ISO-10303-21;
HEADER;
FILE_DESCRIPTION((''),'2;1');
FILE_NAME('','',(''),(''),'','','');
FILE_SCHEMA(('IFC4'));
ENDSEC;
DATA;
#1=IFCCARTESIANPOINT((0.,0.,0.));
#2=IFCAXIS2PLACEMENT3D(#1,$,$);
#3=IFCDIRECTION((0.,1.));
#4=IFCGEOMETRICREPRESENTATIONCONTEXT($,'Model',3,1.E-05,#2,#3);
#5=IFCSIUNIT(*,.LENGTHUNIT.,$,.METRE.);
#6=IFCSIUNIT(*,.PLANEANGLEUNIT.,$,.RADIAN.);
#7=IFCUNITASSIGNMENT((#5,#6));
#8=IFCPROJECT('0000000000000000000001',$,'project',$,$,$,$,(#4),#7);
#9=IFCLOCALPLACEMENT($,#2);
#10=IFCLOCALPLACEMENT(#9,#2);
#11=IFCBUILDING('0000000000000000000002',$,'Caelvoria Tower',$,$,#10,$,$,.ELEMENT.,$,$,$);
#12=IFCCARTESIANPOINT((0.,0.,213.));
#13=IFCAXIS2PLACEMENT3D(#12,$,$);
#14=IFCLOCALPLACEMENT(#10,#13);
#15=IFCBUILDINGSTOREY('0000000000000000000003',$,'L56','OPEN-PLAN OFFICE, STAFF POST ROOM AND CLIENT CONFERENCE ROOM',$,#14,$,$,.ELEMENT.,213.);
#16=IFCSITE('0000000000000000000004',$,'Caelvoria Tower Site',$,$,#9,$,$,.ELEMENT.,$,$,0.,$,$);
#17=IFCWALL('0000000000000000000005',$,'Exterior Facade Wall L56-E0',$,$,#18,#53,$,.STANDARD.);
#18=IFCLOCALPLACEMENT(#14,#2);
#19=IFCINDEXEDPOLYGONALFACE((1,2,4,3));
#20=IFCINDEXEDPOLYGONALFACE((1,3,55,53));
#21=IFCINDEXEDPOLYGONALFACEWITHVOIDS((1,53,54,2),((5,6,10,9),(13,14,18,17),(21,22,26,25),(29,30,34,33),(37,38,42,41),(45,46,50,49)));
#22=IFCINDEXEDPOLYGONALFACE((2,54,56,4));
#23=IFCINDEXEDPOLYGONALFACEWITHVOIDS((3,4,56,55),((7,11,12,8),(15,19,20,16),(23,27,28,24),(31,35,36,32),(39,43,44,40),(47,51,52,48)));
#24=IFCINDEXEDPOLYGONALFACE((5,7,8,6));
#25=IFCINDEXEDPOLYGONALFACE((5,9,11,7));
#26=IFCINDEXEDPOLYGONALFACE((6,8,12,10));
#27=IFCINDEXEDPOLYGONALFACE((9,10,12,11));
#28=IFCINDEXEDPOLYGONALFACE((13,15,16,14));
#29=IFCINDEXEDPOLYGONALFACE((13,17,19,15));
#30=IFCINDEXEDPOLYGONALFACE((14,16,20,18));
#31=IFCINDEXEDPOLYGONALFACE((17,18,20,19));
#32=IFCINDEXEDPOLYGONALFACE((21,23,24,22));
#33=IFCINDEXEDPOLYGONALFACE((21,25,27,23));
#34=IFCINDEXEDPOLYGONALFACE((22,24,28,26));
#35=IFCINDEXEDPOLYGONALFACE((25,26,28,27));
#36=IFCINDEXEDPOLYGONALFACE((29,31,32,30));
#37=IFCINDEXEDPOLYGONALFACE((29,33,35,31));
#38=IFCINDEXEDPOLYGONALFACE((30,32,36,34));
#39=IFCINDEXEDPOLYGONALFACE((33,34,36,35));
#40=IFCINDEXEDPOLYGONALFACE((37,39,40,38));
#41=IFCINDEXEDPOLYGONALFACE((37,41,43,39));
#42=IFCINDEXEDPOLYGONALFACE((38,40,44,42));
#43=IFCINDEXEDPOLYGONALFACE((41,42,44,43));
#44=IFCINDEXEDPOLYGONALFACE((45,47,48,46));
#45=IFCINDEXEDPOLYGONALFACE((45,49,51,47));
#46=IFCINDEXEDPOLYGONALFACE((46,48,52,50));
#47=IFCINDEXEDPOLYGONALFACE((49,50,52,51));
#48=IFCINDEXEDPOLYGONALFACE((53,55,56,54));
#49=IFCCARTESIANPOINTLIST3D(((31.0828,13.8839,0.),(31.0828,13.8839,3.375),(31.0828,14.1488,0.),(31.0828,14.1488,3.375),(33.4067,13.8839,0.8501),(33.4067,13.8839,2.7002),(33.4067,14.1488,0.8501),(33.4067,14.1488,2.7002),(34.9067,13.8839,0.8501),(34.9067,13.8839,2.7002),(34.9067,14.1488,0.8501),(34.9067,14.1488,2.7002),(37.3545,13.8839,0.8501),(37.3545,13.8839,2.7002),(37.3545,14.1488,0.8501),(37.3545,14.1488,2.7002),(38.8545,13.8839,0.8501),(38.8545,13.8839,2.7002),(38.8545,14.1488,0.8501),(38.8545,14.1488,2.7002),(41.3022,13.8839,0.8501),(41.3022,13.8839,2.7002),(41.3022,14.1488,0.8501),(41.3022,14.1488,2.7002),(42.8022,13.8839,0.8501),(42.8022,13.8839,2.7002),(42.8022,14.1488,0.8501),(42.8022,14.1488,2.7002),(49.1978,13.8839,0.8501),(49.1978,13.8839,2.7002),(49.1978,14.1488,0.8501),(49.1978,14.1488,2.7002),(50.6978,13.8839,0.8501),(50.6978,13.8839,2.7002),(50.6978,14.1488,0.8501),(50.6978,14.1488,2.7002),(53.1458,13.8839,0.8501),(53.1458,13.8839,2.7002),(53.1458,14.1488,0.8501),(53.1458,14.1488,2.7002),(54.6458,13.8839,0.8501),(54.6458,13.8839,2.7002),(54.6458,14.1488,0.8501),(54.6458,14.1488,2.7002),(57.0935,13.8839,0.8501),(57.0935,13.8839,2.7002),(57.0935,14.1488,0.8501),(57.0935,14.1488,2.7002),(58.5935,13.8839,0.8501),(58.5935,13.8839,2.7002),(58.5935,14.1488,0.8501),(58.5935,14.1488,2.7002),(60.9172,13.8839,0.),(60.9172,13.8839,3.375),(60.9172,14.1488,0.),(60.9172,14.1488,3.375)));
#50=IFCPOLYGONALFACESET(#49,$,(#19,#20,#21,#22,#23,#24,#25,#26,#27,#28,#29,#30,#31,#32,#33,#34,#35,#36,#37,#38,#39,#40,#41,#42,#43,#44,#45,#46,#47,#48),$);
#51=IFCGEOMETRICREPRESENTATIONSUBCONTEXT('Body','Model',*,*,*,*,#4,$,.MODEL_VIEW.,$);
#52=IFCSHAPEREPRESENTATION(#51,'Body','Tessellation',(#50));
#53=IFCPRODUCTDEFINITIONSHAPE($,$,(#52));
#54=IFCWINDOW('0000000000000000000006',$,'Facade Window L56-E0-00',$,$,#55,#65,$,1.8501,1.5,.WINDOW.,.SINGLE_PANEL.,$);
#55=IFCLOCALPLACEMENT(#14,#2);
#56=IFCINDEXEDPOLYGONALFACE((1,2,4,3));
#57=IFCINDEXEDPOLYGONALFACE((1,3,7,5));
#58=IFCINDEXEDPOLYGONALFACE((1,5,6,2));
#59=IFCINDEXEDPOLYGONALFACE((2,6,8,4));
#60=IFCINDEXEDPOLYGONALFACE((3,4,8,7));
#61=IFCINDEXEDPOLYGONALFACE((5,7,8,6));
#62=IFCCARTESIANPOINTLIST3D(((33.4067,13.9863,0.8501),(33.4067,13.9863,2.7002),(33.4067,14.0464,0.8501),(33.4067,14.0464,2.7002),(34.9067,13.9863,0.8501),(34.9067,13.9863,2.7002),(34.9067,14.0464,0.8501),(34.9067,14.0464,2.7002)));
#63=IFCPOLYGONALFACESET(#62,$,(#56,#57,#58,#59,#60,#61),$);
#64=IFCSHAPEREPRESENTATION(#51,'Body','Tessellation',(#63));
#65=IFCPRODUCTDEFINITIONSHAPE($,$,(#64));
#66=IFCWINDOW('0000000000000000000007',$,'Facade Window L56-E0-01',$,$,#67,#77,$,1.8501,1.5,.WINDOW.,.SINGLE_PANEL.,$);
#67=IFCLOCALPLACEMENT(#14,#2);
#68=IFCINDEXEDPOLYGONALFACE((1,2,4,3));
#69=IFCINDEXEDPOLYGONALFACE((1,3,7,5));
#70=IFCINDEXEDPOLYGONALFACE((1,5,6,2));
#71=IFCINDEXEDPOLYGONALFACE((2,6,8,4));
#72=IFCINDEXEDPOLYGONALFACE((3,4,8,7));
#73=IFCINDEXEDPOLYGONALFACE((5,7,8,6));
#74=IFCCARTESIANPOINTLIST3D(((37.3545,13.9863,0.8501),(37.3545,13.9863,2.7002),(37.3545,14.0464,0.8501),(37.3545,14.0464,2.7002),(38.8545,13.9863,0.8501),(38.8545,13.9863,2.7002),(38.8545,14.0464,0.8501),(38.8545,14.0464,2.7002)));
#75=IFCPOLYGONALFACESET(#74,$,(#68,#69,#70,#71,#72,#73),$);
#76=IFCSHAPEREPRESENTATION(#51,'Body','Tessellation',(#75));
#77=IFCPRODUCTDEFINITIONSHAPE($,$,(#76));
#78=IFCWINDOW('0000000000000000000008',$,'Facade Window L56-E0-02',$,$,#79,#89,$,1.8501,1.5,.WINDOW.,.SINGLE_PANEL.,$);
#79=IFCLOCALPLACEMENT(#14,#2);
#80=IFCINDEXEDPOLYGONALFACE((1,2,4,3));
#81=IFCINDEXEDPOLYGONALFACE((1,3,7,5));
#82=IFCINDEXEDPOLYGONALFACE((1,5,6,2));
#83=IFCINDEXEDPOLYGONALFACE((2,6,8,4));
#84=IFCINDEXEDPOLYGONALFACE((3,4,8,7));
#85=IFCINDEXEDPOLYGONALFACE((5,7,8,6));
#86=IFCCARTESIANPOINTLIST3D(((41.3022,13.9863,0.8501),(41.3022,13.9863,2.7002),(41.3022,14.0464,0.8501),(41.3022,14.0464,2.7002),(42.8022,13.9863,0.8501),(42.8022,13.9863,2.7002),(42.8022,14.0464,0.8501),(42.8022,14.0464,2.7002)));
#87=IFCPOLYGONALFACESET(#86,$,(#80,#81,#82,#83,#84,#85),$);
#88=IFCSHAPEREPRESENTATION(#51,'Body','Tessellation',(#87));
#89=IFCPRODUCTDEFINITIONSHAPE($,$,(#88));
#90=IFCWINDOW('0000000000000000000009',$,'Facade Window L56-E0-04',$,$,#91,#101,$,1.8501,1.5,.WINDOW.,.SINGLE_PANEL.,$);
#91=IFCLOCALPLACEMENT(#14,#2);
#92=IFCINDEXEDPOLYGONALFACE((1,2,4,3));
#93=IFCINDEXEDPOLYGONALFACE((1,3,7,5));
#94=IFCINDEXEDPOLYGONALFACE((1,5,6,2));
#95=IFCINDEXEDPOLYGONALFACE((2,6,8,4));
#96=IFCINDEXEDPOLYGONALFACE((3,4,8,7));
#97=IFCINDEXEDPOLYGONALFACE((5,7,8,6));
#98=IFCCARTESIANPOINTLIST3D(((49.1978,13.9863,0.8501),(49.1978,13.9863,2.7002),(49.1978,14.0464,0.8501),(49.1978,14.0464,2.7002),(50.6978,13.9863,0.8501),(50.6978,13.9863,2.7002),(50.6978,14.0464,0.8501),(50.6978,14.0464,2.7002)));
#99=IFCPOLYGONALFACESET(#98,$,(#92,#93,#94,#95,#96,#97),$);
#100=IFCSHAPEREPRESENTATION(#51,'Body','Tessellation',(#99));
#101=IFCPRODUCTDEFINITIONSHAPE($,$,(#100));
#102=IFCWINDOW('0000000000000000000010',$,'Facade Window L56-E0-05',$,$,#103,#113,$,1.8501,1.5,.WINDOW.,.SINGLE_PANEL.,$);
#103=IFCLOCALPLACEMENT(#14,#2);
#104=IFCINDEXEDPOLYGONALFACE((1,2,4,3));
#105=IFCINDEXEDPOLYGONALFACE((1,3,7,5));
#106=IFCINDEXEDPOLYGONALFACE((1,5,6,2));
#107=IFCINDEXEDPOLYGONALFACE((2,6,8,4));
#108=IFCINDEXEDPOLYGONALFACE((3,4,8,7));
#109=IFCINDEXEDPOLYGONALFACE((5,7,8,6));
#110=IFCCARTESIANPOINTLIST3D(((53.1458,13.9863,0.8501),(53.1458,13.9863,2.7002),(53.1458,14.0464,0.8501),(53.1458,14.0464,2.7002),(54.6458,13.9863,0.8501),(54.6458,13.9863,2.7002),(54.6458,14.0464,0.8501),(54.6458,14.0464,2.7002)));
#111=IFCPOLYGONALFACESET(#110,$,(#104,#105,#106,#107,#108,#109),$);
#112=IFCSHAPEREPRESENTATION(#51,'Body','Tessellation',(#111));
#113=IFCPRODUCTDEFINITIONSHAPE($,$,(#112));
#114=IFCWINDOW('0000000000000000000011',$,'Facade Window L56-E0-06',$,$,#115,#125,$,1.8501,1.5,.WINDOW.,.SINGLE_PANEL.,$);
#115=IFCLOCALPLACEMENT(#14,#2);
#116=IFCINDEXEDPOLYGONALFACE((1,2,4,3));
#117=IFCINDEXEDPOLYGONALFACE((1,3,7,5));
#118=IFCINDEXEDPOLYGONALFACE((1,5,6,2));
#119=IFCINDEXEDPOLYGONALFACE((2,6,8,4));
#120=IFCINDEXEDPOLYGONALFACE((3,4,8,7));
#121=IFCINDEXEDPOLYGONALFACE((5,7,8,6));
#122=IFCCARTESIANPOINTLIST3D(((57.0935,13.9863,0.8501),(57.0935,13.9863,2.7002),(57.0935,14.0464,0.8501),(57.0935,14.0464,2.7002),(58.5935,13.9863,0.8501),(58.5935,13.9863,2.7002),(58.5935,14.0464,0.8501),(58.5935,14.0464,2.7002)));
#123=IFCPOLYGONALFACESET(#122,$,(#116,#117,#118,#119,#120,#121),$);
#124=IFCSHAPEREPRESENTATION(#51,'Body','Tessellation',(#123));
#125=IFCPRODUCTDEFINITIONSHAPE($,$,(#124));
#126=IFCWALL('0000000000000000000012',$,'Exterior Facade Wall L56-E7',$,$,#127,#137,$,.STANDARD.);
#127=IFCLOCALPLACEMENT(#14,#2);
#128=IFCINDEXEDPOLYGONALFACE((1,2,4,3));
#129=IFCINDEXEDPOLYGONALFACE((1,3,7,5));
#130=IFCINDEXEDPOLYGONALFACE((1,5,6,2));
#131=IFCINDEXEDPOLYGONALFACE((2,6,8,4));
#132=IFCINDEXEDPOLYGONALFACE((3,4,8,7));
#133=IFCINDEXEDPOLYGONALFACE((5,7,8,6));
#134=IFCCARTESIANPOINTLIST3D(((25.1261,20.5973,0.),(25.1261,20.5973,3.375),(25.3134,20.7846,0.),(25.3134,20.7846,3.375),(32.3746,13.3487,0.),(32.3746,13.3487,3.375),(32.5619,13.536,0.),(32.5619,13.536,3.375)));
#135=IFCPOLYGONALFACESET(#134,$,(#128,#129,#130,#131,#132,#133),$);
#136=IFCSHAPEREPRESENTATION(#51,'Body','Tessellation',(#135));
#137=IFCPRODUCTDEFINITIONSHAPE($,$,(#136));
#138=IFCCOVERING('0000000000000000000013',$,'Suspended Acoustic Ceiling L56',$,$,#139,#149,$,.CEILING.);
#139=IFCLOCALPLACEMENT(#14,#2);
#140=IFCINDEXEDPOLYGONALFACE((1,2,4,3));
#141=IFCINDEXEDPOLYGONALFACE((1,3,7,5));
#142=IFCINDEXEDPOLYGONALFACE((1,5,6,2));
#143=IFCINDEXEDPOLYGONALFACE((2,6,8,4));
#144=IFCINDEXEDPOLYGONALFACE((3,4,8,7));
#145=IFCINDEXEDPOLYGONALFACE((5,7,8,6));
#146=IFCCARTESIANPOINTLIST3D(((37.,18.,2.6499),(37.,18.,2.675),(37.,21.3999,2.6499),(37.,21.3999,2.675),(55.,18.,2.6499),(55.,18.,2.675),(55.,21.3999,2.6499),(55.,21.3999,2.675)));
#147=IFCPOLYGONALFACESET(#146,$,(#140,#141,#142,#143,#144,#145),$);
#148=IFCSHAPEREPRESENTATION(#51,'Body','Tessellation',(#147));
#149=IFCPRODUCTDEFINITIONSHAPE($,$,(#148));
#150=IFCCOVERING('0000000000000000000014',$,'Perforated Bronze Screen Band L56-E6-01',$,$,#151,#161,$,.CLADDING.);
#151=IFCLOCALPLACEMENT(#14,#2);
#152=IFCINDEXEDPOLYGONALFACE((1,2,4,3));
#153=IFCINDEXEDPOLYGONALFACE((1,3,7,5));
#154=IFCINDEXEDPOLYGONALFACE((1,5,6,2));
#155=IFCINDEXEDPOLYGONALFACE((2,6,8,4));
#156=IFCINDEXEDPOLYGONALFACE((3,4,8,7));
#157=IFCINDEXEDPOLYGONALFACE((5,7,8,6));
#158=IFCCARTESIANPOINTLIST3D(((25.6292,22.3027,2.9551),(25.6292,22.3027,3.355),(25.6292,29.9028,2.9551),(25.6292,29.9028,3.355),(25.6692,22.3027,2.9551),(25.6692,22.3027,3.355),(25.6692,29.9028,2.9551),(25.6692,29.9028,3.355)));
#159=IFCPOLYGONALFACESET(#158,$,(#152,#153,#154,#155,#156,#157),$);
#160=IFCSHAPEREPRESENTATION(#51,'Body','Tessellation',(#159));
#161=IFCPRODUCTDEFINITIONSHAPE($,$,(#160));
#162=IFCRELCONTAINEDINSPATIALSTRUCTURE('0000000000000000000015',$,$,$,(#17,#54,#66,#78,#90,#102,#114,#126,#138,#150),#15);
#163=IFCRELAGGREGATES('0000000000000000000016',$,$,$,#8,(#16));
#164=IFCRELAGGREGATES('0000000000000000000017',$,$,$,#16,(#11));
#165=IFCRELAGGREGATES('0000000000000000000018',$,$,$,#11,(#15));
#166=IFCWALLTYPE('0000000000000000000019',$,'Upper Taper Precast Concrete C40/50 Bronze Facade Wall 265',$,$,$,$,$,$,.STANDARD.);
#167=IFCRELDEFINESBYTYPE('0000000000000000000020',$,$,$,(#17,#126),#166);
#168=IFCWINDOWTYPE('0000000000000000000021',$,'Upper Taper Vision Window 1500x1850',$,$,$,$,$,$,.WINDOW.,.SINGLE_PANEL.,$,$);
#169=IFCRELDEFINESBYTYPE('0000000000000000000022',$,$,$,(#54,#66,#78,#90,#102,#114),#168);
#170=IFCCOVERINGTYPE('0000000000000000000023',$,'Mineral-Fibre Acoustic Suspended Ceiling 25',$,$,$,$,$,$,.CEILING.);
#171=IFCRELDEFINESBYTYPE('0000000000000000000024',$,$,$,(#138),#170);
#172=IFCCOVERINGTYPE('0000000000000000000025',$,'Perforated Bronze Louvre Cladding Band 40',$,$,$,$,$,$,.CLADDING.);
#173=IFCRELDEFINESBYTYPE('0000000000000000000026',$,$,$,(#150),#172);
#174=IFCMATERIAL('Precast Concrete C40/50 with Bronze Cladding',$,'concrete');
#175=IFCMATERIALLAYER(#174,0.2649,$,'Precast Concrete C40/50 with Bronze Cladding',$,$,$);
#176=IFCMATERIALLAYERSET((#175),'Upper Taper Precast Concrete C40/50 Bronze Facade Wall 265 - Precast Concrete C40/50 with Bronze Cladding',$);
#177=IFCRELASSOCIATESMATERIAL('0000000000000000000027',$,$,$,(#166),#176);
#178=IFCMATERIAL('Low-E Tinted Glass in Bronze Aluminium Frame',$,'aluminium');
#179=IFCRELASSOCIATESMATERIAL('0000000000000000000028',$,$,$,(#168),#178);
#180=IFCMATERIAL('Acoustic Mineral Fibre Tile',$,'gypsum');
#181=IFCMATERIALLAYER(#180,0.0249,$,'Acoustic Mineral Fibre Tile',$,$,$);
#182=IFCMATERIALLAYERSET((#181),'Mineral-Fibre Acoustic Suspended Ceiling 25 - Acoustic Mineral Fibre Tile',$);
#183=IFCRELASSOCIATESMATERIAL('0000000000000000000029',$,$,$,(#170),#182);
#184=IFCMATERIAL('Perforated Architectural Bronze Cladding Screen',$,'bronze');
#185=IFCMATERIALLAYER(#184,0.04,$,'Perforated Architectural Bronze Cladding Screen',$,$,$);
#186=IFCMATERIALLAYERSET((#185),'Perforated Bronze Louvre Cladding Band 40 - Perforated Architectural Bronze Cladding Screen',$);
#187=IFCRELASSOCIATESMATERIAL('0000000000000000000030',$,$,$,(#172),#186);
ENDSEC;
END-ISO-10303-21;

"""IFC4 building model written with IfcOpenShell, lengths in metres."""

from ifc_helpers import new_model, si_unit, direction, frame, frame_2d, origin, origin_2d, place, context, subcontext, project, spatial, polyline, rectangle, outline, extrude, material, layer, layer_set, type_object, element, fill, save


model = new_model("IFC4")

# Units and contexts
model_context = context("Model", 3, precision=1e-05, world=origin(), true_north=direction((0.0, 1.0)))
body_context = subcontext(model_context, "Body", "Model", "MODEL_VIEW")
ifc_project = project(units=[si_unit("LENGTHUNIT", "METRE"), si_unit("PLANEANGLEUNIT", "RADIAN")], contexts=[model_context])

# Site, building, storey
site_placement = place(None, origin())
site = spatial("IfcSite", under=ifc_project, at=site_placement, Name="Caelvoria Tower Site", CompositionType="ELEMENT", RefElevation=0.0)
building_placement = place(site_placement, origin())
building = spatial("IfcBuilding", under=site, at=building_placement, Name="Caelvoria Tower", CompositionType="ELEMENT")
storey_placement = place(building_placement, frame((0.0, 0.0, 213.0)))
storey = spatial("IfcBuildingStorey", under=building, at=storey_placement, Name="L56", Description="OPEN-PLAN OFFICE, STAFF POST ROOM AND CLIENT CONFERENCE ROOM", CompositionType="ELEMENT", Elevation=213.0)

# Wall, openings, windows
ifc_material_1 = material(Name="Precast Concrete C40/50 with Bronze Cladding", Category="concrete")
ifc_layer_1 = layer(ifc_material_1, 0.2649, Name="Precast Concrete C40/50 with Bronze Cladding")
ifc_layer_set_1 = layer_set([ifc_layer_1], Name="Upper Taper Precast Concrete C40/50 Bronze Facade Wall 265 - Precast Concrete C40/50 with Bronze Cladding")
wall_type = type_object("IfcWallType", Name="Upper Taper Precast Concrete C40/50 Bronze Facade Wall 265", PredefinedType="STANDARD", material=ifc_layer_set_1)
wall_1_placement = place(storey_placement, frame((31.0828, 14.0164, 0.0), z_axis=(0.0, 0.0, 1.0), x_axis=(1.0, 0.0, 0.0)))
wall_1 = element("IfcWall", 1, at=wall_1_placement, inside=storey, type_object=wall_type, Name="Exterior Facade Wall L56-E0", PredefinedType="STANDARD", context=body_context, shape_type="SweptSolid", body=[
    extrude(rectangle(XDim=29.8345, YDim=0.2649, at=frame_2d((14.9172, 0.0))), origin(), (0.0, 0.0, 1.0), 3.375),
])
opening_1_placement = place(wall_1_placement, frame((2.324, 0.0, 0.8501)))
opening_1 = element("IfcOpeningElement", 2, at=opening_1_placement, cuts=wall_1, PredefinedType="OPENING", context=body_context, shape_type="SweptSolid", body=[
    extrude(rectangle(XDim=1.5, YDim=1.8501, at=frame_2d((0.75, 0.925))), frame((0.0, 0.1423, 0.0), z_axis=(0.0, -1.0, 0.0), x_axis=(1.0, 0.0, 0.0)), (0.0, 0.0, 1.0), 0.2849),
])
opening_2_placement = place(wall_1_placement, frame((6.2717, 0.0, 0.8501)))
opening_2 = element("IfcOpeningElement", 3, at=opening_2_placement, cuts=wall_1, PredefinedType="OPENING", context=body_context, shape_type="SweptSolid", body=[
    extrude(rectangle(XDim=1.5, YDim=1.8501, at=frame_2d((0.75, 0.925))), frame((0.0, 0.1423, 0.0), z_axis=(0.0, -1.0, 0.0), x_axis=(1.0, 0.0, 0.0)), (0.0, 0.0, 1.0), 0.2849),
])
opening_3_placement = place(wall_1_placement, frame((10.2195, 0.0, 0.8501)))
opening_3 = element("IfcOpeningElement", 4, at=opening_3_placement, cuts=wall_1, PredefinedType="OPENING", context=body_context, shape_type="SweptSolid", body=[
    extrude(rectangle(XDim=1.5, YDim=1.8501, at=frame_2d((0.75, 0.925))), frame((0.0, 0.1423, 0.0), z_axis=(0.0, -1.0, 0.0), x_axis=(1.0, 0.0, 0.0)), (0.0, 0.0, 1.0), 0.2849),
])
opening_4_placement = place(wall_1_placement, frame((18.115, 0.0, 0.8501)))
opening_4 = element("IfcOpeningElement", 5, at=opening_4_placement, cuts=wall_1, PredefinedType="OPENING", context=body_context, shape_type="SweptSolid", body=[
    extrude(rectangle(XDim=1.5, YDim=1.8501, at=frame_2d((0.75, 0.925))), frame((0.0, 0.1423, 0.0), z_axis=(0.0, -1.0, 0.0), x_axis=(1.0, 0.0, 0.0)), (0.0, 0.0, 1.0), 0.2849),
])
opening_5_placement = place(wall_1_placement, frame((22.063, 0.0, 0.8501)))
opening_5 = element("IfcOpeningElement", 6, at=opening_5_placement, cuts=wall_1, PredefinedType="OPENING", context=body_context, shape_type="SweptSolid", body=[
    extrude(rectangle(XDim=1.5, YDim=1.8501, at=frame_2d((0.75, 0.925))), frame((0.0, 0.1423, 0.0), z_axis=(0.0, -1.0, 0.0), x_axis=(1.0, 0.0, 0.0)), (0.0, 0.0, 1.0), 0.2849),
])
opening_6_placement = place(wall_1_placement, frame((26.0107, 0.0, 0.8501)))
opening_6 = element("IfcOpeningElement", 7, at=opening_6_placement, cuts=wall_1, PredefinedType="OPENING", context=body_context, shape_type="SweptSolid", body=[
    extrude(rectangle(XDim=1.5, YDim=1.8501, at=frame_2d((0.75, 0.925))), frame((0.0, 0.1423, 0.0), z_axis=(0.0, -1.0, 0.0), x_axis=(1.0, 0.0, 0.0)), (0.0, 0.0, 1.0), 0.2849),
])
ifc_material_2 = material(Name="Low-E Tinted Glass in Bronze Aluminium Frame", Category="aluminium")
window_type = type_object("IfcWindowType", Name="Upper Taper Vision Window 1500x1850", PartitioningType="SINGLE_PANEL", PredefinedType="WINDOW", material=ifc_material_2)
window_1_placement = place(opening_1_placement, origin())
window_1 = element("IfcWindow", 8, at=window_1_placement, inside=storey, type_object=window_type, Name="Facade Window L56-E0-00", OverallHeight=1.8501, OverallWidth=1.5, PartitioningType="SINGLE_PANEL", PredefinedType="WINDOW", context=body_context, shape_type="SweptSolid", body=[
    extrude(rectangle(XDim=1.5, YDim=1.8501, at=frame_2d((0.75, 0.925))), frame((0.0, 0.03, 0.0), z_axis=(0.0, -1.0, 0.0), x_axis=(1.0, 0.0, 0.0)), (0.0, 0.0, 1.0), 0.0601),
])
fill(opening_1, window_1)
window_2_placement = place(opening_2_placement, origin())
window_2 = element("IfcWindow", 9, at=window_2_placement, inside=storey, type_object=window_type, Name="Facade Window L56-E0-01", OverallHeight=1.8501, OverallWidth=1.5, PartitioningType="SINGLE_PANEL", PredefinedType="WINDOW", context=body_context, shape_type="SweptSolid", body=[
    extrude(rectangle(XDim=1.5, YDim=1.8501, at=frame_2d((0.75, 0.925))), frame((0.0, 0.03, 0.0), z_axis=(0.0, -1.0, 0.0), x_axis=(1.0, 0.0, 0.0)), (0.0, 0.0, 1.0), 0.0601),
])
fill(opening_2, window_2)
window_3_placement = place(opening_3_placement, origin())
window_3 = element("IfcWindow", 10, at=window_3_placement, inside=storey, type_object=window_type, Name="Facade Window L56-E0-02", OverallHeight=1.8501, OverallWidth=1.5, PartitioningType="SINGLE_PANEL", PredefinedType="WINDOW", context=body_context, shape_type="SweptSolid", body=[
    extrude(rectangle(XDim=1.5, YDim=1.8501, at=frame_2d((0.75, 0.925))), frame((0.0, 0.03, 0.0), z_axis=(0.0, -1.0, 0.0), x_axis=(1.0, 0.0, 0.0)), (0.0, 0.0, 1.0), 0.0601),
])
fill(opening_3, window_3)
window_4_placement = place(opening_4_placement, origin())
window_4 = element("IfcWindow", 11, at=window_4_placement, inside=storey, type_object=window_type, Name="Facade Window L56-E0-04", OverallHeight=1.8501, OverallWidth=1.5, PartitioningType="SINGLE_PANEL", PredefinedType="WINDOW", context=body_context, shape_type="SweptSolid", body=[
    extrude(rectangle(XDim=1.5, YDim=1.8501, at=frame_2d((0.75, 0.925))), frame((0.0, 0.03, 0.0), z_axis=(0.0, -1.0, 0.0), x_axis=(1.0, 0.0, 0.0)), (0.0, 0.0, 1.0), 0.0601),
])
fill(opening_4, window_4)
window_5_placement = place(opening_5_placement, origin())
window_5 = element("IfcWindow", 12, at=window_5_placement, inside=storey, type_object=window_type, Name="Facade Window L56-E0-05", OverallHeight=1.8501, OverallWidth=1.5, PartitioningType="SINGLE_PANEL", PredefinedType="WINDOW", context=body_context, shape_type="SweptSolid", body=[
    extrude(rectangle(XDim=1.5, YDim=1.8501, at=frame_2d((0.75, 0.925))), frame((0.0, 0.03, 0.0), z_axis=(0.0, -1.0, 0.0), x_axis=(1.0, 0.0, 0.0)), (0.0, 0.0, 1.0), 0.0601),
])
fill(opening_5, window_5)
window_6_placement = place(opening_6_placement, origin())
window_6 = element("IfcWindow", 13, at=window_6_placement, inside=storey, type_object=window_type, Name="Facade Window L56-E0-06", OverallHeight=1.8501, OverallWidth=1.5, PartitioningType="SINGLE_PANEL", PredefinedType="WINDOW", context=body_context, shape_type="SweptSolid", body=[
    extrude(rectangle(XDim=1.5, YDim=1.8501, at=frame_2d((0.75, 0.925))), frame((0.0, 0.03, 0.0), z_axis=(0.0, -1.0, 0.0), x_axis=(1.0, 0.0, 0.0)), (0.0, 0.0, 1.0), 0.0601),
])
fill(opening_6, window_6)

# Wall
wall_2_placement = place(storey_placement, frame((25.2197, 20.6909, 0.0), z_axis=(0.0, 0.0, 1.0), x_axis=(0.707107, -0.707107, 0.0)))
element("IfcWall", 14, at=wall_2_placement, inside=storey, type_object=wall_type, Name="Exterior Facade Wall L56-E7", PredefinedType="STANDARD", context=body_context, shape_type="SweptSolid", body=[
    extrude(rectangle(XDim=10.251, YDim=0.2649, at=frame_2d((5.1255, 0.0))), origin(), (0.0, 0.0, 1.0), 3.375),
])

# Coverings
ifc_material_3 = material(Name="Acoustic Mineral Fibre Tile", Category="gypsum")
ifc_layer_2 = layer(ifc_material_3, 0.0249, Name="Acoustic Mineral Fibre Tile")
ifc_layer_set_2 = layer_set([ifc_layer_2], Name="Mineral-Fibre Acoustic Suspended Ceiling 25 - Acoustic Mineral Fibre Tile")
covering_type_1 = type_object("IfcCoveringType", Name="Mineral-Fibre Acoustic Suspended Ceiling 25", PredefinedType="CEILING", material=ifc_layer_set_2)
covering_1_placement = place(storey_placement, frame((0.0, 0.0, 2.6499)))
element("IfcCovering", 15, at=covering_1_placement, inside=storey, type_object=covering_type_1, Name="Suspended Acoustic Ceiling L56", PredefinedType="CEILING", context=body_context, shape_type="SweptSolid", body=[
    extrude(outline(polyline([(37.0, 18.0), (55.0, 18.0), (55.0, 21.3999), (37.0, 21.3999), (37.0, 18.0)])), origin(), (0.0, 0.0, 1.0), 0.0251),
])
ifc_material_4 = material(Name="Perforated Architectural Bronze Cladding Screen", Category="bronze")
ifc_layer_3 = layer(ifc_material_4, 0.04, Name="Perforated Architectural Bronze Cladding Screen")
ifc_layer_set_3 = layer_set([ifc_layer_3], Name="Perforated Bronze Louvre Cladding Band 40 - Perforated Architectural Bronze Cladding Screen")
covering_type_2 = type_object("IfcCoveringType", Name="Perforated Bronze Louvre Cladding Band 40", PredefinedType="CLADDING", material=ifc_layer_set_3)
covering_2_placement = place(storey_placement, frame((25.6492, 26.1028, 2.9551), z_axis=(0.0, 0.0, 1.0), x_axis=(0.0, -1.0, 0.0)))
element("IfcCovering", 16, at=covering_2_placement, inside=storey, type_object=covering_type_2, Name="Perforated Bronze Screen Band L56-E6-01", PredefinedType="CLADDING", context=body_context, shape_type="SweptSolid", body=[
    extrude(rectangle(XDim=7.6001, YDim=0.04, at=origin_2d()), origin(), (0.0, 0.0, 1.0), 0.3999),
])

save(model, "model.ifc")
